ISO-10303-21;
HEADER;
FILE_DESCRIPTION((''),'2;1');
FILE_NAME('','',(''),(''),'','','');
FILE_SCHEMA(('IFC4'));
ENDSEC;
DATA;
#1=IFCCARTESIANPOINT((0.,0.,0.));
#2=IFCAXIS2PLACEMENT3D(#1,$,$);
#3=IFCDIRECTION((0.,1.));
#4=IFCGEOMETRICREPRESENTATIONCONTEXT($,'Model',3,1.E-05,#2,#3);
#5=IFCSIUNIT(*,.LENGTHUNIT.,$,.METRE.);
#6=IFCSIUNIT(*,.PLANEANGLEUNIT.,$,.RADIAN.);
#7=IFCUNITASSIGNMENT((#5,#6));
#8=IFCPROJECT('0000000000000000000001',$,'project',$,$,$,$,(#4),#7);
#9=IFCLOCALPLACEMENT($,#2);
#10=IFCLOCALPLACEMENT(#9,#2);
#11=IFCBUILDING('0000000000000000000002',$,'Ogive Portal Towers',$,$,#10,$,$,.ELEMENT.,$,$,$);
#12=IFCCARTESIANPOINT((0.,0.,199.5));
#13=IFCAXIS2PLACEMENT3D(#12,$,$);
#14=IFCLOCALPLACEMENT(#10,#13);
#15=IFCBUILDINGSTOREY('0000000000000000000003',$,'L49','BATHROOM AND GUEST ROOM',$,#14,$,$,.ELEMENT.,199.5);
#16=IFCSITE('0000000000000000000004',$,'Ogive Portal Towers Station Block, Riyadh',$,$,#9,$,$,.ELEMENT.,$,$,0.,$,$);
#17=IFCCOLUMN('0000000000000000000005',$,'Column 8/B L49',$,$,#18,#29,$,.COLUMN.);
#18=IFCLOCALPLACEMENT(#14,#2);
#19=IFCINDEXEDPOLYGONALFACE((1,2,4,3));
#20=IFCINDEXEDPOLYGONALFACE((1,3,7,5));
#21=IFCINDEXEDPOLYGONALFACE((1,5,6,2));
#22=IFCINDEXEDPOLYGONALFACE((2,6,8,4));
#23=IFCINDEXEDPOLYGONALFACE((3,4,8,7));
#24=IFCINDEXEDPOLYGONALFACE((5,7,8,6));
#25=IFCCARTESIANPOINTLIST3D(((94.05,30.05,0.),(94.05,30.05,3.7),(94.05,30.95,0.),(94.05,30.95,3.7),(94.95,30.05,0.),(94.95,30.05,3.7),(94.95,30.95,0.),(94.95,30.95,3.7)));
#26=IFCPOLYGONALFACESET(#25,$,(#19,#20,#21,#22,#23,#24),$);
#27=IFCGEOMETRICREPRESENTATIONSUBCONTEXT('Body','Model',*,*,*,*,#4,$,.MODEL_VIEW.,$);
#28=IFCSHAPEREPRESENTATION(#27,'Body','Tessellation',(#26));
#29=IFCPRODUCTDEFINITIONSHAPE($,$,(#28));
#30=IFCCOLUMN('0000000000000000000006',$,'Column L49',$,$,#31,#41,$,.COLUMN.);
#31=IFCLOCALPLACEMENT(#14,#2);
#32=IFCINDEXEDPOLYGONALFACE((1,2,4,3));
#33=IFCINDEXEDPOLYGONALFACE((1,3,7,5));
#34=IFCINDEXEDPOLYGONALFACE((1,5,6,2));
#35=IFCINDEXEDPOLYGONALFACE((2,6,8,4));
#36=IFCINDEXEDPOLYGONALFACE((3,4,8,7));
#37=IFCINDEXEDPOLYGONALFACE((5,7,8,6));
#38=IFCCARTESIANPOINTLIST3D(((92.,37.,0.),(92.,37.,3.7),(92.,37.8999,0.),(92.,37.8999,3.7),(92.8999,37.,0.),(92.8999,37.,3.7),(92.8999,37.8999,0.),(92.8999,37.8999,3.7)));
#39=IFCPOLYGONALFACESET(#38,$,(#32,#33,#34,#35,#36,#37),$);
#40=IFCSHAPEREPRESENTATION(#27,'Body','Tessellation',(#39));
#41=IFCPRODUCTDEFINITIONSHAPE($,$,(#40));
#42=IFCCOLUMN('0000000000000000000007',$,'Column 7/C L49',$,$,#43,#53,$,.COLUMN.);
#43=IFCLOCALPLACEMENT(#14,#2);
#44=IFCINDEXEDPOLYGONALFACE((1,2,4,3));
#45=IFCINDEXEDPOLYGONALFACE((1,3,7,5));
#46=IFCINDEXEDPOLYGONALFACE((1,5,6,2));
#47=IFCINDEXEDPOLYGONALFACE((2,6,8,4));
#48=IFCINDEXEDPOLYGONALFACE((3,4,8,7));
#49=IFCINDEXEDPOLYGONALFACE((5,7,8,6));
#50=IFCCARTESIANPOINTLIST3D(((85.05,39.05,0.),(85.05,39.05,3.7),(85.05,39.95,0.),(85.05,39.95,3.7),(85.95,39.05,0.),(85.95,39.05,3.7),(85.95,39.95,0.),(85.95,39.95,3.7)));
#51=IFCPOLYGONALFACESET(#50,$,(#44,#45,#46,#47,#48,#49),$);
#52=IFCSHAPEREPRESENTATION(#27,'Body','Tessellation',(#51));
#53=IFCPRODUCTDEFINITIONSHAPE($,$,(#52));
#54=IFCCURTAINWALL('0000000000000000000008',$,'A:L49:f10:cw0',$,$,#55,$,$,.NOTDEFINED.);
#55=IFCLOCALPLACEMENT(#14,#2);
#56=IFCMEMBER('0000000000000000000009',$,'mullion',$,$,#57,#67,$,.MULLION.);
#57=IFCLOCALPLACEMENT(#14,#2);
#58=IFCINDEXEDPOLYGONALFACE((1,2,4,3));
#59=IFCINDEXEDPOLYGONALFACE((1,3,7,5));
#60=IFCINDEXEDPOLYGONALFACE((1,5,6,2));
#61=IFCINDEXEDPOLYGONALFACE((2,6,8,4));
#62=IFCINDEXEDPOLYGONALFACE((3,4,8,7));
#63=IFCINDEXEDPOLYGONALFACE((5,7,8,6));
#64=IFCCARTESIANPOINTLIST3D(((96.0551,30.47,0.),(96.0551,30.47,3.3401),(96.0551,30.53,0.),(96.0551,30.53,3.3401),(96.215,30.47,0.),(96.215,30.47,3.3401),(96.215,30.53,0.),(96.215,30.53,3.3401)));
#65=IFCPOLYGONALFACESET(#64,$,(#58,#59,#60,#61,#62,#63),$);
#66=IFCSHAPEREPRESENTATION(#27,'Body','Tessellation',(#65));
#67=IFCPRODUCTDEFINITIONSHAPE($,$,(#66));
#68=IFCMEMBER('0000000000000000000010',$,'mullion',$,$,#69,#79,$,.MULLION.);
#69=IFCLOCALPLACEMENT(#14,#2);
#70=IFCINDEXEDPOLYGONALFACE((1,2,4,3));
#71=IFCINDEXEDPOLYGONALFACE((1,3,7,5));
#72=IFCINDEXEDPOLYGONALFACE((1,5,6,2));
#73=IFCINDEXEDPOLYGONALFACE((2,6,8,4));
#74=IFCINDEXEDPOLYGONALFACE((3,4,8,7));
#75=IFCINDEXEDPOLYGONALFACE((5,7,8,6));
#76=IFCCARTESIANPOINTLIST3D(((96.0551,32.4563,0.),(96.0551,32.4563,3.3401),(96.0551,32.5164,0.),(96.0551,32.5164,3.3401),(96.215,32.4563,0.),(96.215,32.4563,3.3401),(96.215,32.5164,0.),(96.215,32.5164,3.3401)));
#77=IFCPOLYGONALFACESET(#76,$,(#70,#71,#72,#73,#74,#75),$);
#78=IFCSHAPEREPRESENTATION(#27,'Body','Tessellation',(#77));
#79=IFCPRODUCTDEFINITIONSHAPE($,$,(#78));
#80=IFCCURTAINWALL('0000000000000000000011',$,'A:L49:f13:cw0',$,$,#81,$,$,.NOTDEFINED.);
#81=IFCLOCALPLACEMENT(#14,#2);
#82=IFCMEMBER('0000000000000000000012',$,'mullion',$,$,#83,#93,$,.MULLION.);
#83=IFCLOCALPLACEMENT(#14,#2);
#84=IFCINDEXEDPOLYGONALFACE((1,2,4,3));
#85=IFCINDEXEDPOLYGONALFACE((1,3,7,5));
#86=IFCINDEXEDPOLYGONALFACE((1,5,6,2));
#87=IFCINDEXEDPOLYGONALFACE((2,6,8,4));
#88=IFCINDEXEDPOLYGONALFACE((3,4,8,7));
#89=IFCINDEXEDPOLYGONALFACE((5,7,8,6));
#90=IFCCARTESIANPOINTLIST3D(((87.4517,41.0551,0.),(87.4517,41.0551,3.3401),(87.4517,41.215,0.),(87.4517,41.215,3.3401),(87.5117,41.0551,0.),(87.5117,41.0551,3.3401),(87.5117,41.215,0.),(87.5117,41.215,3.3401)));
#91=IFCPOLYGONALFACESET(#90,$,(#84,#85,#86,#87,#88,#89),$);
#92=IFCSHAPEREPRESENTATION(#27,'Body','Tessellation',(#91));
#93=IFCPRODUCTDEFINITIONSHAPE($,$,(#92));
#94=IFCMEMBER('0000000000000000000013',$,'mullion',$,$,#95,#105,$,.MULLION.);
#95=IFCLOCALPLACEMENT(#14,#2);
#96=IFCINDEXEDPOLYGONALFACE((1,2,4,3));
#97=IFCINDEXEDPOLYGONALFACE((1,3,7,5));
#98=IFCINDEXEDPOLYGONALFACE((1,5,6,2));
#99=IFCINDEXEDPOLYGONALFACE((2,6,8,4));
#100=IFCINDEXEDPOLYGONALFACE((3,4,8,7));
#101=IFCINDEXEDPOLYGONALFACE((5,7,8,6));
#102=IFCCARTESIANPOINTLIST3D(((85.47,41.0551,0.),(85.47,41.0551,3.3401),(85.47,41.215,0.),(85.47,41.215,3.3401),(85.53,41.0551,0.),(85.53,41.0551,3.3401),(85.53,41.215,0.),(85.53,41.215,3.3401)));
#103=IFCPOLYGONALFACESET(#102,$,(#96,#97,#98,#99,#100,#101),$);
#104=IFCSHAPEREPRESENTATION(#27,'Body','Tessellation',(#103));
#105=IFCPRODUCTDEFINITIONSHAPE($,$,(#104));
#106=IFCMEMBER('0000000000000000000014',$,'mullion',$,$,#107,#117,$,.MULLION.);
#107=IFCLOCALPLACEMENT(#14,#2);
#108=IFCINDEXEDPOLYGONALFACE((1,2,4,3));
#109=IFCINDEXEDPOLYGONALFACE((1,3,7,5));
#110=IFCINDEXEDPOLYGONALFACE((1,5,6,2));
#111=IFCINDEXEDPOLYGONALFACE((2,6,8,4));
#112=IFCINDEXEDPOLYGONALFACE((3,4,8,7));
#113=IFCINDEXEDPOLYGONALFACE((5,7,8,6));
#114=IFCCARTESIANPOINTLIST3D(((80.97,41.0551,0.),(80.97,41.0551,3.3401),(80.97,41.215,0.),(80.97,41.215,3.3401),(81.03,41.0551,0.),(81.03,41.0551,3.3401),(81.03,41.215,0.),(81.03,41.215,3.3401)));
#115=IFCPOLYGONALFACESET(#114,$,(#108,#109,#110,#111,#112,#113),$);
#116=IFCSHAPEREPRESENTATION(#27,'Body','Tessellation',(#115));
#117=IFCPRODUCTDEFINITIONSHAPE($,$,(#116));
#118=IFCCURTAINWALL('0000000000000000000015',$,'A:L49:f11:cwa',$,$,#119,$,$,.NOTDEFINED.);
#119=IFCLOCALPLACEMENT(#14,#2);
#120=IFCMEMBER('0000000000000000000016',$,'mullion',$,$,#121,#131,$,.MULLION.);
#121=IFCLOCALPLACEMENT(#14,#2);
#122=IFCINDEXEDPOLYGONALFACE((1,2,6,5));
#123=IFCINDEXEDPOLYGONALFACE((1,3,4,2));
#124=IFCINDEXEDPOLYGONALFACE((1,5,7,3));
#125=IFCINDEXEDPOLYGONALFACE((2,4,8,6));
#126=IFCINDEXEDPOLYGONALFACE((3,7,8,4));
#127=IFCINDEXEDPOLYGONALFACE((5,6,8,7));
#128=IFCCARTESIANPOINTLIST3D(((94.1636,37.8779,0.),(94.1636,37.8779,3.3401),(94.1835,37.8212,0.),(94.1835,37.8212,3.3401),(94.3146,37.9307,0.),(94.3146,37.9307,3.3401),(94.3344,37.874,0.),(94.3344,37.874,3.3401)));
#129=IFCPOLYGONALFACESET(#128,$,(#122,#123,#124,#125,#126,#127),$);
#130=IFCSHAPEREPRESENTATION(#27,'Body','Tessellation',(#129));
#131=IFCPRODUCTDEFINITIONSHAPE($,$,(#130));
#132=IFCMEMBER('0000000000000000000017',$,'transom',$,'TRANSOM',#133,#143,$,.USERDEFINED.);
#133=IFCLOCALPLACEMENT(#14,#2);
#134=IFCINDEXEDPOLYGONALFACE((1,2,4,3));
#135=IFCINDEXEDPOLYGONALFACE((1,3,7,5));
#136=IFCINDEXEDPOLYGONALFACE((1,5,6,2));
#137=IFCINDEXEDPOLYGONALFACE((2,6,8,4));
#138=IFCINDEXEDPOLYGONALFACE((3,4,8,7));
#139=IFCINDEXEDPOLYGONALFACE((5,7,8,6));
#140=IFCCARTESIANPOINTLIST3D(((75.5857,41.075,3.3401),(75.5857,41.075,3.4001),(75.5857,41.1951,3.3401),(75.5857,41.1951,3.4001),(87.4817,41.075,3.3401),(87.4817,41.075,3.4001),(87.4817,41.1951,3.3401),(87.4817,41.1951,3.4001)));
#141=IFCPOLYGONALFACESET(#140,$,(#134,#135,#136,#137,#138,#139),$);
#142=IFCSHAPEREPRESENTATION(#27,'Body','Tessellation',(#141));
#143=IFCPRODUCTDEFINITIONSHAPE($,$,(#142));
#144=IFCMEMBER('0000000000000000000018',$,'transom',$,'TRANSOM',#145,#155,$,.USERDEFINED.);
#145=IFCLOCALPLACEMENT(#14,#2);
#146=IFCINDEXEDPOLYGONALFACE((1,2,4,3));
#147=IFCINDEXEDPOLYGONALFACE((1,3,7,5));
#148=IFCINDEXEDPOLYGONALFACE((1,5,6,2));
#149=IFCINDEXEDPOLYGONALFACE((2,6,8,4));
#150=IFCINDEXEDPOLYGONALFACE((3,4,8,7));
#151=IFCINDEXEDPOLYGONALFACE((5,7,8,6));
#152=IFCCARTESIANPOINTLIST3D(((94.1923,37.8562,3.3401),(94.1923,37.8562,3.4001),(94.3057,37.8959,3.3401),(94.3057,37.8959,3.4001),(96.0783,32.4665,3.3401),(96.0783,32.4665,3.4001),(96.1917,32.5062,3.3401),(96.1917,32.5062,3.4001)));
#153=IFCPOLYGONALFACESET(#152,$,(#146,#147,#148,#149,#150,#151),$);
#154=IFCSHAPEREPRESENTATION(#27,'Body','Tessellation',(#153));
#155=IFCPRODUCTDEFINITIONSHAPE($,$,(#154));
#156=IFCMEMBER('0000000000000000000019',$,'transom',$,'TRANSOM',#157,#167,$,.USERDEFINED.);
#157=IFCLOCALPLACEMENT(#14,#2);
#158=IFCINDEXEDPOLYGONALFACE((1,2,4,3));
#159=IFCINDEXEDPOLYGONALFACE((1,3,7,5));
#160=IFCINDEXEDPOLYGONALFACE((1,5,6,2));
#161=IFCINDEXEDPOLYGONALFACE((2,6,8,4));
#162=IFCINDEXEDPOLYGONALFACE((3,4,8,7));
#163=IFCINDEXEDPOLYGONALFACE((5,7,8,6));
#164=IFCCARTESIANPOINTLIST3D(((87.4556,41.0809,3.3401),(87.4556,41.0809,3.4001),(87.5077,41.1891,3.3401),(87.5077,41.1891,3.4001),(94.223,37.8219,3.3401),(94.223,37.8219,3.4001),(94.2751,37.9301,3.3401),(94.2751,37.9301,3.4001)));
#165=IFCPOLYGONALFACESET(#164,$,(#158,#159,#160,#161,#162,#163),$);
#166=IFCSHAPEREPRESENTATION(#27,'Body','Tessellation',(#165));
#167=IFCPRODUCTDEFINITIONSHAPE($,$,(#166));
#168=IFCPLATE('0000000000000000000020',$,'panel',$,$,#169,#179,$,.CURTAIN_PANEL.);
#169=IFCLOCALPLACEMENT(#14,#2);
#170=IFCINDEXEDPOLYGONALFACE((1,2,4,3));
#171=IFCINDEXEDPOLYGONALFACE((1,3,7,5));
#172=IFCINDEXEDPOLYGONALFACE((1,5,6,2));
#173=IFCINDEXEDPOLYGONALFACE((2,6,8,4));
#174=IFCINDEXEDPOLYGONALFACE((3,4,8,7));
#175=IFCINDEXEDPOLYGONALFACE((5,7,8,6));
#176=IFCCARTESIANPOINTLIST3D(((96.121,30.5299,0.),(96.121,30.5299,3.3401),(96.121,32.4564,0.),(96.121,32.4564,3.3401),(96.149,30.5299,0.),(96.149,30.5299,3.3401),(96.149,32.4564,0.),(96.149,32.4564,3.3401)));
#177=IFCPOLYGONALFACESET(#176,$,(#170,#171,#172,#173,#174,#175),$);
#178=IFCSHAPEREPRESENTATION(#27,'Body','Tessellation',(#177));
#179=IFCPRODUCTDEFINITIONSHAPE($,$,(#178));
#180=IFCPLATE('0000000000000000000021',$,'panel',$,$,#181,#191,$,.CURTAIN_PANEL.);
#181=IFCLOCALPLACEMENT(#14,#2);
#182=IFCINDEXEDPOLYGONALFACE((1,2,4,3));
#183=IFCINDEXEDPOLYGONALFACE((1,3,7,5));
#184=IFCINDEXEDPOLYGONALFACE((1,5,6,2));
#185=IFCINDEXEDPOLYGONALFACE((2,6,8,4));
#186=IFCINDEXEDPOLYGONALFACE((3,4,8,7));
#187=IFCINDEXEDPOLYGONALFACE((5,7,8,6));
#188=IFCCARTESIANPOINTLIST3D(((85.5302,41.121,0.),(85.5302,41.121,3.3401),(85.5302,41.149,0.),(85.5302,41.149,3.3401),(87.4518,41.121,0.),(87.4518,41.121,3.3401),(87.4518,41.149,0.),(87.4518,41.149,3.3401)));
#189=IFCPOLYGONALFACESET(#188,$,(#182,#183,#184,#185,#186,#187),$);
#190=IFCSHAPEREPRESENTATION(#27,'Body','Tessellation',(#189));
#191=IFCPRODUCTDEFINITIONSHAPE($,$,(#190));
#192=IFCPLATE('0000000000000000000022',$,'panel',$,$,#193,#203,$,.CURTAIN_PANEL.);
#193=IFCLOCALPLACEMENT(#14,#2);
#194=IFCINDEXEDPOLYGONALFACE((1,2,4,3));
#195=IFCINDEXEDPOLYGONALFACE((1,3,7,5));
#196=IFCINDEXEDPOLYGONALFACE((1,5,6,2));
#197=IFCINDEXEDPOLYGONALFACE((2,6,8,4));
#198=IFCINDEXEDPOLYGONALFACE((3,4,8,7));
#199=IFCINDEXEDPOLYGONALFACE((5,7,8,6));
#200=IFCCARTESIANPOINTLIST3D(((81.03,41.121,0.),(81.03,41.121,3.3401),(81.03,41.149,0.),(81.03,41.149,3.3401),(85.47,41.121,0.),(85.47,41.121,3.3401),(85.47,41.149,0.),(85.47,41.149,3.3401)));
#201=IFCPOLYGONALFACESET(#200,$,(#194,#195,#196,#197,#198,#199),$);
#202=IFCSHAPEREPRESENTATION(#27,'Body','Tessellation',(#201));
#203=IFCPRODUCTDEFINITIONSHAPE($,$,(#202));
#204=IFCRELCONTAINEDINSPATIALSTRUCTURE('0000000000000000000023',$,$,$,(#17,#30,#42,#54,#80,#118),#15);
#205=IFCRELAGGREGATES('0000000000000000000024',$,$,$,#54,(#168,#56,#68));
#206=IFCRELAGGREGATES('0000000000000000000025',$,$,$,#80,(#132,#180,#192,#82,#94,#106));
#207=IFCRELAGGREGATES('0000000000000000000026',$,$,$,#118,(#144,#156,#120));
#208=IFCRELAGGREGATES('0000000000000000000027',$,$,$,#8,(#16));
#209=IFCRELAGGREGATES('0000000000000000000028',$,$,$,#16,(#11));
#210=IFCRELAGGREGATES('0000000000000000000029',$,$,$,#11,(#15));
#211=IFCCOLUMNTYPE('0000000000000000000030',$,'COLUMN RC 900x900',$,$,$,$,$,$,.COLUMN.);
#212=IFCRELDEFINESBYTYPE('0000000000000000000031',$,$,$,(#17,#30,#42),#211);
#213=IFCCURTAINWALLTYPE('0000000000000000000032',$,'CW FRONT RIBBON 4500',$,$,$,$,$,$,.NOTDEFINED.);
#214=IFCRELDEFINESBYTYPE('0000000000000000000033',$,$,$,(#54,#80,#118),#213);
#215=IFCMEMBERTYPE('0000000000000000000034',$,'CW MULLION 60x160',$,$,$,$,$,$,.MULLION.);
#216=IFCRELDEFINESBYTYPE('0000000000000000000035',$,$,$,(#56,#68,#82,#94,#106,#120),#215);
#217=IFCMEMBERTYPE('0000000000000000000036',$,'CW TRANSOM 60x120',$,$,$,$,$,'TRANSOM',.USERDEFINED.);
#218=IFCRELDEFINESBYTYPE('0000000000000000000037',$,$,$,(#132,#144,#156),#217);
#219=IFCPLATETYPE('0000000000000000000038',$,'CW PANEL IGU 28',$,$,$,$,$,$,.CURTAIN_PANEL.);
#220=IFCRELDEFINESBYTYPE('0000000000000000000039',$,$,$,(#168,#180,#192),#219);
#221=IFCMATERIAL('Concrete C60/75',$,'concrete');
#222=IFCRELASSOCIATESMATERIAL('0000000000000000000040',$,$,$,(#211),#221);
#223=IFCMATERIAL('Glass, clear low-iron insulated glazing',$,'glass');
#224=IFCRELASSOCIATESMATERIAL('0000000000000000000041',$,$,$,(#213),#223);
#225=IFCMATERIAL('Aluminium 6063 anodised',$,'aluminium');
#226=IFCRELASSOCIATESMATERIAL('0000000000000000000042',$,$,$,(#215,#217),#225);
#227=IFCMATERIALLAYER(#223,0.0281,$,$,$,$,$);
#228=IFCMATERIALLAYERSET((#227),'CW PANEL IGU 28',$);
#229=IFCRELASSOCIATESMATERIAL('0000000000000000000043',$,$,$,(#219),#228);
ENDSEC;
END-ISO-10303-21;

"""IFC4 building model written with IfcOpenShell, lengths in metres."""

from ifc_helpers import new_model, si_unit, direction, frame, origin, origin_2d, place, context, subcontext, project, spatial, rectangle, extrude, material, layer, layer_set, material_profile, profile_set, type_object, element, aggregate, save


model = new_model("IFC4")

# Units and contexts
model_context = context("Model", 3, precision=1e-05, world=origin(), true_north=direction((0.0, 1.0)))
body_context = subcontext(model_context, "Body", "Model", "MODEL_VIEW")
ifc_project = project(units=[si_unit("LENGTHUNIT", "METRE"), si_unit("PLANEANGLEUNIT", "RADIAN")], contexts=[model_context])

# Site, building, storey
site_placement = place(None, origin())
site = spatial("IfcSite", under=ifc_project, at=site_placement, Name="Ogive Portal Towers Station Block, Riyadh", CompositionType="ELEMENT", RefElevation=0.0)
building_placement = place(site_placement, origin())
building = spatial("IfcBuilding", under=site, at=building_placement, Name="Ogive Portal Towers", CompositionType="ELEMENT")
storey_placement = place(building_placement, frame((0.0, 0.0, 199.5)))
storey = spatial("IfcBuildingStorey", under=building, at=storey_placement, Name="L49", Description="BATHROOM AND GUEST ROOM", CompositionType="ELEMENT", Elevation=199.5)

# Columns
ifc_material_1 = material(Name="Concrete C60/75", Category="concrete")
ifc_material_profile_1 = material_profile(ifc_material_1, rectangle(XDim=0.8999, YDim=0.8999, at=origin_2d()), Name="RC 900x900")
ifc_profile_set_1 = profile_set([ifc_material_profile_1], Name="Concrete C60/75")
column_type = type_object("IfcColumnType", Name="COLUMN RC 900x900", PredefinedType="COLUMN", material=ifc_profile_set_1)
for number, where, z_axis, x_axis, name in (
    (1, (94.5, 30.5, 0.0), (0.0, 0.0, 1.0), (1.0, 0.0, 0.0), "Column 8/B L49"),
    (2, (92.45, 37.45, 0.0), (0.0, 0.0, 1.0), (1.0, 0.0, 0.0), "Column L49"),
    (3, (85.5, 39.5, 0.0), (0.0, 0.0, 1.0), (1.0, 0.0, 0.0), "Column 7/C L49"),
):
    element("IfcColumn", number, at=place(storey_placement, frame(where, z_axis=z_axis, x_axis=x_axis)), inside=storey, type_object=column_type, Name=name, PredefinedType="COLUMN", context=body_context, shape_type="SweptSolid", body=[
        extrude(rectangle(XDim=0.8999, YDim=0.8999, at=origin_2d()), origin(), (0.0, 0.0, 1.0), 3.7),
    ])

# Curtain walls, members
ifc_material_2 = material(Name="Glass, clear low-iron insulated glazing", Category="glass")
curtain_wall_type = type_object("IfcCurtainWallType", Name="CW FRONT RIBBON 4500", PredefinedType="NOTDEFINED", material=ifc_material_2)
curtain_wall_1_placement = place(storey_placement, origin())
curtain_wall_1 = element("IfcCurtainWall", 4, at=curtain_wall_1_placement, inside=storey, type_object=curtain_wall_type, Name="A:L49:f10:cw0", PredefinedType="NOTDEFINED")
ifc_material_3 = material(Name="Aluminium 6063 anodised", Category="aluminium")
ifc_material_profile_2 = material_profile(ifc_material_3, rectangle(XDim=0.1599, YDim=0.0601, at=origin_2d()), Name="AL 60x160")
ifc_profile_set_2 = profile_set([ifc_material_profile_2], Name="Aluminium 6063 anodised")
member_type_1 = type_object("IfcMemberType", Name="CW MULLION 60x160", PredefinedType="MULLION", material=ifc_profile_set_2)
member_1_placement = place(storey_placement, frame((96.135, 30.5, 0.0), z_axis=(0.0, 0.0, 1.0), x_axis=(-1.0, 0.0, 0.0)))
member_1 = element("IfcMember", 5, at=member_1_placement, type_object=member_type_1, Name="mullion", PredefinedType="MULLION", context=body_context, shape_type="SweptSolid", body=[
    extrude(rectangle(XDim=0.1599, YDim=0.0601, at=origin_2d()), origin(), (0.0, 0.0, 1.0), 3.3401),
])
member_2_placement = place(storey_placement, frame((96.135, 32.4863, 0.0), z_axis=(0.0, 0.0, 1.0), x_axis=(-1.0, 0.0, 0.0)))
member_2 = element("IfcMember", 6, at=member_2_placement, type_object=member_type_1, Name="mullion", PredefinedType="MULLION", context=body_context, shape_type="SweptSolid", body=[
    extrude(rectangle(XDim=0.1599, YDim=0.0601, at=origin_2d()), origin(), (0.0, 0.0, 1.0), 3.3401),
])
curtain_wall_2_placement = place(storey_placement, origin())
curtain_wall_2 = element("IfcCurtainWall", 7, at=curtain_wall_2_placement, inside=storey, type_object=curtain_wall_type, Name="A:L49:f13:cw0", PredefinedType="NOTDEFINED")
member_3_placement = place(storey_placement, frame((87.4817, 41.135, 0.0), z_axis=(0.0, 0.0, 1.0), x_axis=(0.0, -1.0, 0.0)))
member_3 = element("IfcMember", 8, at=member_3_placement, type_object=member_type_1, Name="mullion", PredefinedType="MULLION", context=body_context, shape_type="SweptSolid", body=[
    extrude(rectangle(XDim=0.1599, YDim=0.0601, at=origin_2d()), origin(), (0.0, 0.0, 1.0), 3.3401),
])
member_4_placement = place(storey_placement, frame((85.5, 41.135, 0.0), z_axis=(0.0, 0.0, 1.0), x_axis=(0.0, -1.0, 0.0)))
member_4 = element("IfcMember", 9, at=member_4_placement, type_object=member_type_1, Name="mullion", PredefinedType="MULLION", context=body_context, shape_type="SweptSolid", body=[
    extrude(rectangle(XDim=0.1599, YDim=0.0601, at=origin_2d()), origin(), (0.0, 0.0, 1.0), 3.3401),
])
member_5_placement = place(storey_placement, frame((81.0, 41.135, 0.0), z_axis=(0.0, 0.0, 1.0), x_axis=(0.0, -1.0, 0.0)))
member_5 = element("IfcMember", 10, at=member_5_placement, type_object=member_type_1, Name="mullion", PredefinedType="MULLION", context=body_context, shape_type="SweptSolid", body=[
    extrude(rectangle(XDim=0.1599, YDim=0.0601, at=origin_2d()), origin(), (0.0, 0.0, 1.0), 3.3401),
])

# Curtain wall, member
curtain_wall_3_placement = place(storey_placement, origin())
curtain_wall_3 = element("IfcCurtainWall", 11, at=curtain_wall_3_placement, inside=storey, type_object=curtain_wall_type, Name="A:L49:f11:cwa", PredefinedType="NOTDEFINED")
member_6_placement = place(storey_placement, frame((94.249, 37.876, 0.0), z_axis=(0.0, 0.0, 1.0), x_axis=(-0.943883, -0.330279, 0.0)))
member_6 = element("IfcMember", 12, at=member_6_placement, type_object=member_type_1, Name="mullion", PredefinedType="MULLION", context=body_context, shape_type="SweptSolid", body=[
    extrude(rectangle(XDim=0.1599, YDim=0.0601, at=origin_2d()), origin(), (0.0, 0.0, 1.0), 3.3401),
])

# Members
ifc_material_profile_3 = material_profile(ifc_material_3, rectangle(XDim=0.1201, YDim=0.0601, at=origin_2d()), Name="AL 120x60")
ifc_profile_set_3 = profile_set([ifc_material_profile_3], Name="Aluminium 6063 anodised")
member_type_2 = type_object("IfcMemberType", Name="CW TRANSOM 60x120", ElementType="TRANSOM", PredefinedType="USERDEFINED", material=ifc_profile_set_3)
member_7_placement = place(storey_placement, frame((87.4817, 41.135, 3.3701), z_axis=(-1.0, 0.0, 0.0), x_axis=(0.0, -1.0, 0.0)))
member_7 = element("IfcMember", 13, at=member_7_placement, type_object=member_type_2, Name="transom", ObjectType="TRANSOM", PredefinedType="USERDEFINED", context=body_context, shape_type="SweptSolid", body=[
    extrude(rectangle(XDim=0.1201, YDim=0.0601, at=origin_2d()), origin(), (0.0, 0.0, 1.0), 11.896),
])
member_8_placement = place(storey_placement, frame((96.135, 32.4863, 3.3701), z_axis=(-0.330289, 0.94388, 0.0), x_axis=(-0.94388, -0.330289, 0.0)))
member_8 = element("IfcMember", 14, at=member_8_placement, type_object=member_type_2, Name="transom", ObjectType="TRANSOM", PredefinedType="USERDEFINED", context=body_context, shape_type="SweptSolid", body=[
    extrude(rectangle(XDim=0.1201, YDim=0.0601, at=origin_2d()), origin(), (0.0, 0.0, 1.0), 5.7102),
])
member_9_placement = place(storey_placement, frame((94.249, 37.876, 3.3701), z_axis=(-0.900966, 0.43389, 0.0), x_axis=(-0.43389, -0.900966, 0.0)))
member_9 = element("IfcMember", 15, at=member_9_placement, type_object=member_type_2, Name="transom", ObjectType="TRANSOM", PredefinedType="USERDEFINED", context=body_context, shape_type="SweptSolid", body=[
    extrude(rectangle(XDim=0.1201, YDim=0.0601, at=origin_2d()), origin(), (0.0, 0.0, 1.0), 7.5112),
])

# Plates
ifc_layer_1 = layer(ifc_material_2, 0.0281)
ifc_layer_set_1 = layer_set([ifc_layer_1], Name="CW PANEL IGU 28")
plate_type = type_object("IfcPlateType", Name="CW PANEL IGU 28", PredefinedType="CURTAIN_PANEL", material=ifc_layer_set_1)
plate_1_placement = place(storey_placement, frame((96.135, 31.4932, 0.0), z_axis=(0.0, 0.0, 1.0), x_axis=(0.0, 1.0, 0.0)))
plate_1 = element("IfcPlate", 16, at=plate_1_placement, type_object=plate_type, Name="panel", PredefinedType="CURTAIN_PANEL", context=body_context, shape_type="SweptSolid", body=[
    extrude(rectangle(XDim=1.9265, YDim=0.0281, at=origin_2d()), origin(), (0.0, 0.0, 1.0), 3.3401),
])
aggregate(curtain_wall_1, [plate_1, member_1, member_2])
plate_2_placement = place(storey_placement, frame((86.491, 41.135, 0.0), z_axis=(0.0, 0.0, 1.0), x_axis=(-1.0, 0.0, 0.0)))
plate_2 = element("IfcPlate", 17, at=plate_2_placement, type_object=plate_type, Name="panel", PredefinedType="CURTAIN_PANEL", context=body_context, shape_type="SweptSolid", body=[
    extrude(rectangle(XDim=1.9216, YDim=0.0281, at=origin_2d()), origin(), (0.0, 0.0, 1.0), 3.3401),
])
plate_3_placement = place(storey_placement, frame((83.25, 41.135, 0.0), z_axis=(0.0, 0.0, 1.0), x_axis=(-1.0, 0.0, 0.0)))
plate_3 = element("IfcPlate", 18, at=plate_3_placement, type_object=plate_type, Name="panel", PredefinedType="CURTAIN_PANEL", context=body_context, shape_type="SweptSolid", body=[
    extrude(rectangle(XDim=4.4399, YDim=0.0281, at=origin_2d()), origin(), (0.0, 0.0, 1.0), 3.3401),
])
aggregate(curtain_wall_2, [member_7, plate_2, plate_3, member_3, member_4, member_5])
aggregate(curtain_wall_3, [member_8, member_9, member_6])

save(model, "model.ifc")
